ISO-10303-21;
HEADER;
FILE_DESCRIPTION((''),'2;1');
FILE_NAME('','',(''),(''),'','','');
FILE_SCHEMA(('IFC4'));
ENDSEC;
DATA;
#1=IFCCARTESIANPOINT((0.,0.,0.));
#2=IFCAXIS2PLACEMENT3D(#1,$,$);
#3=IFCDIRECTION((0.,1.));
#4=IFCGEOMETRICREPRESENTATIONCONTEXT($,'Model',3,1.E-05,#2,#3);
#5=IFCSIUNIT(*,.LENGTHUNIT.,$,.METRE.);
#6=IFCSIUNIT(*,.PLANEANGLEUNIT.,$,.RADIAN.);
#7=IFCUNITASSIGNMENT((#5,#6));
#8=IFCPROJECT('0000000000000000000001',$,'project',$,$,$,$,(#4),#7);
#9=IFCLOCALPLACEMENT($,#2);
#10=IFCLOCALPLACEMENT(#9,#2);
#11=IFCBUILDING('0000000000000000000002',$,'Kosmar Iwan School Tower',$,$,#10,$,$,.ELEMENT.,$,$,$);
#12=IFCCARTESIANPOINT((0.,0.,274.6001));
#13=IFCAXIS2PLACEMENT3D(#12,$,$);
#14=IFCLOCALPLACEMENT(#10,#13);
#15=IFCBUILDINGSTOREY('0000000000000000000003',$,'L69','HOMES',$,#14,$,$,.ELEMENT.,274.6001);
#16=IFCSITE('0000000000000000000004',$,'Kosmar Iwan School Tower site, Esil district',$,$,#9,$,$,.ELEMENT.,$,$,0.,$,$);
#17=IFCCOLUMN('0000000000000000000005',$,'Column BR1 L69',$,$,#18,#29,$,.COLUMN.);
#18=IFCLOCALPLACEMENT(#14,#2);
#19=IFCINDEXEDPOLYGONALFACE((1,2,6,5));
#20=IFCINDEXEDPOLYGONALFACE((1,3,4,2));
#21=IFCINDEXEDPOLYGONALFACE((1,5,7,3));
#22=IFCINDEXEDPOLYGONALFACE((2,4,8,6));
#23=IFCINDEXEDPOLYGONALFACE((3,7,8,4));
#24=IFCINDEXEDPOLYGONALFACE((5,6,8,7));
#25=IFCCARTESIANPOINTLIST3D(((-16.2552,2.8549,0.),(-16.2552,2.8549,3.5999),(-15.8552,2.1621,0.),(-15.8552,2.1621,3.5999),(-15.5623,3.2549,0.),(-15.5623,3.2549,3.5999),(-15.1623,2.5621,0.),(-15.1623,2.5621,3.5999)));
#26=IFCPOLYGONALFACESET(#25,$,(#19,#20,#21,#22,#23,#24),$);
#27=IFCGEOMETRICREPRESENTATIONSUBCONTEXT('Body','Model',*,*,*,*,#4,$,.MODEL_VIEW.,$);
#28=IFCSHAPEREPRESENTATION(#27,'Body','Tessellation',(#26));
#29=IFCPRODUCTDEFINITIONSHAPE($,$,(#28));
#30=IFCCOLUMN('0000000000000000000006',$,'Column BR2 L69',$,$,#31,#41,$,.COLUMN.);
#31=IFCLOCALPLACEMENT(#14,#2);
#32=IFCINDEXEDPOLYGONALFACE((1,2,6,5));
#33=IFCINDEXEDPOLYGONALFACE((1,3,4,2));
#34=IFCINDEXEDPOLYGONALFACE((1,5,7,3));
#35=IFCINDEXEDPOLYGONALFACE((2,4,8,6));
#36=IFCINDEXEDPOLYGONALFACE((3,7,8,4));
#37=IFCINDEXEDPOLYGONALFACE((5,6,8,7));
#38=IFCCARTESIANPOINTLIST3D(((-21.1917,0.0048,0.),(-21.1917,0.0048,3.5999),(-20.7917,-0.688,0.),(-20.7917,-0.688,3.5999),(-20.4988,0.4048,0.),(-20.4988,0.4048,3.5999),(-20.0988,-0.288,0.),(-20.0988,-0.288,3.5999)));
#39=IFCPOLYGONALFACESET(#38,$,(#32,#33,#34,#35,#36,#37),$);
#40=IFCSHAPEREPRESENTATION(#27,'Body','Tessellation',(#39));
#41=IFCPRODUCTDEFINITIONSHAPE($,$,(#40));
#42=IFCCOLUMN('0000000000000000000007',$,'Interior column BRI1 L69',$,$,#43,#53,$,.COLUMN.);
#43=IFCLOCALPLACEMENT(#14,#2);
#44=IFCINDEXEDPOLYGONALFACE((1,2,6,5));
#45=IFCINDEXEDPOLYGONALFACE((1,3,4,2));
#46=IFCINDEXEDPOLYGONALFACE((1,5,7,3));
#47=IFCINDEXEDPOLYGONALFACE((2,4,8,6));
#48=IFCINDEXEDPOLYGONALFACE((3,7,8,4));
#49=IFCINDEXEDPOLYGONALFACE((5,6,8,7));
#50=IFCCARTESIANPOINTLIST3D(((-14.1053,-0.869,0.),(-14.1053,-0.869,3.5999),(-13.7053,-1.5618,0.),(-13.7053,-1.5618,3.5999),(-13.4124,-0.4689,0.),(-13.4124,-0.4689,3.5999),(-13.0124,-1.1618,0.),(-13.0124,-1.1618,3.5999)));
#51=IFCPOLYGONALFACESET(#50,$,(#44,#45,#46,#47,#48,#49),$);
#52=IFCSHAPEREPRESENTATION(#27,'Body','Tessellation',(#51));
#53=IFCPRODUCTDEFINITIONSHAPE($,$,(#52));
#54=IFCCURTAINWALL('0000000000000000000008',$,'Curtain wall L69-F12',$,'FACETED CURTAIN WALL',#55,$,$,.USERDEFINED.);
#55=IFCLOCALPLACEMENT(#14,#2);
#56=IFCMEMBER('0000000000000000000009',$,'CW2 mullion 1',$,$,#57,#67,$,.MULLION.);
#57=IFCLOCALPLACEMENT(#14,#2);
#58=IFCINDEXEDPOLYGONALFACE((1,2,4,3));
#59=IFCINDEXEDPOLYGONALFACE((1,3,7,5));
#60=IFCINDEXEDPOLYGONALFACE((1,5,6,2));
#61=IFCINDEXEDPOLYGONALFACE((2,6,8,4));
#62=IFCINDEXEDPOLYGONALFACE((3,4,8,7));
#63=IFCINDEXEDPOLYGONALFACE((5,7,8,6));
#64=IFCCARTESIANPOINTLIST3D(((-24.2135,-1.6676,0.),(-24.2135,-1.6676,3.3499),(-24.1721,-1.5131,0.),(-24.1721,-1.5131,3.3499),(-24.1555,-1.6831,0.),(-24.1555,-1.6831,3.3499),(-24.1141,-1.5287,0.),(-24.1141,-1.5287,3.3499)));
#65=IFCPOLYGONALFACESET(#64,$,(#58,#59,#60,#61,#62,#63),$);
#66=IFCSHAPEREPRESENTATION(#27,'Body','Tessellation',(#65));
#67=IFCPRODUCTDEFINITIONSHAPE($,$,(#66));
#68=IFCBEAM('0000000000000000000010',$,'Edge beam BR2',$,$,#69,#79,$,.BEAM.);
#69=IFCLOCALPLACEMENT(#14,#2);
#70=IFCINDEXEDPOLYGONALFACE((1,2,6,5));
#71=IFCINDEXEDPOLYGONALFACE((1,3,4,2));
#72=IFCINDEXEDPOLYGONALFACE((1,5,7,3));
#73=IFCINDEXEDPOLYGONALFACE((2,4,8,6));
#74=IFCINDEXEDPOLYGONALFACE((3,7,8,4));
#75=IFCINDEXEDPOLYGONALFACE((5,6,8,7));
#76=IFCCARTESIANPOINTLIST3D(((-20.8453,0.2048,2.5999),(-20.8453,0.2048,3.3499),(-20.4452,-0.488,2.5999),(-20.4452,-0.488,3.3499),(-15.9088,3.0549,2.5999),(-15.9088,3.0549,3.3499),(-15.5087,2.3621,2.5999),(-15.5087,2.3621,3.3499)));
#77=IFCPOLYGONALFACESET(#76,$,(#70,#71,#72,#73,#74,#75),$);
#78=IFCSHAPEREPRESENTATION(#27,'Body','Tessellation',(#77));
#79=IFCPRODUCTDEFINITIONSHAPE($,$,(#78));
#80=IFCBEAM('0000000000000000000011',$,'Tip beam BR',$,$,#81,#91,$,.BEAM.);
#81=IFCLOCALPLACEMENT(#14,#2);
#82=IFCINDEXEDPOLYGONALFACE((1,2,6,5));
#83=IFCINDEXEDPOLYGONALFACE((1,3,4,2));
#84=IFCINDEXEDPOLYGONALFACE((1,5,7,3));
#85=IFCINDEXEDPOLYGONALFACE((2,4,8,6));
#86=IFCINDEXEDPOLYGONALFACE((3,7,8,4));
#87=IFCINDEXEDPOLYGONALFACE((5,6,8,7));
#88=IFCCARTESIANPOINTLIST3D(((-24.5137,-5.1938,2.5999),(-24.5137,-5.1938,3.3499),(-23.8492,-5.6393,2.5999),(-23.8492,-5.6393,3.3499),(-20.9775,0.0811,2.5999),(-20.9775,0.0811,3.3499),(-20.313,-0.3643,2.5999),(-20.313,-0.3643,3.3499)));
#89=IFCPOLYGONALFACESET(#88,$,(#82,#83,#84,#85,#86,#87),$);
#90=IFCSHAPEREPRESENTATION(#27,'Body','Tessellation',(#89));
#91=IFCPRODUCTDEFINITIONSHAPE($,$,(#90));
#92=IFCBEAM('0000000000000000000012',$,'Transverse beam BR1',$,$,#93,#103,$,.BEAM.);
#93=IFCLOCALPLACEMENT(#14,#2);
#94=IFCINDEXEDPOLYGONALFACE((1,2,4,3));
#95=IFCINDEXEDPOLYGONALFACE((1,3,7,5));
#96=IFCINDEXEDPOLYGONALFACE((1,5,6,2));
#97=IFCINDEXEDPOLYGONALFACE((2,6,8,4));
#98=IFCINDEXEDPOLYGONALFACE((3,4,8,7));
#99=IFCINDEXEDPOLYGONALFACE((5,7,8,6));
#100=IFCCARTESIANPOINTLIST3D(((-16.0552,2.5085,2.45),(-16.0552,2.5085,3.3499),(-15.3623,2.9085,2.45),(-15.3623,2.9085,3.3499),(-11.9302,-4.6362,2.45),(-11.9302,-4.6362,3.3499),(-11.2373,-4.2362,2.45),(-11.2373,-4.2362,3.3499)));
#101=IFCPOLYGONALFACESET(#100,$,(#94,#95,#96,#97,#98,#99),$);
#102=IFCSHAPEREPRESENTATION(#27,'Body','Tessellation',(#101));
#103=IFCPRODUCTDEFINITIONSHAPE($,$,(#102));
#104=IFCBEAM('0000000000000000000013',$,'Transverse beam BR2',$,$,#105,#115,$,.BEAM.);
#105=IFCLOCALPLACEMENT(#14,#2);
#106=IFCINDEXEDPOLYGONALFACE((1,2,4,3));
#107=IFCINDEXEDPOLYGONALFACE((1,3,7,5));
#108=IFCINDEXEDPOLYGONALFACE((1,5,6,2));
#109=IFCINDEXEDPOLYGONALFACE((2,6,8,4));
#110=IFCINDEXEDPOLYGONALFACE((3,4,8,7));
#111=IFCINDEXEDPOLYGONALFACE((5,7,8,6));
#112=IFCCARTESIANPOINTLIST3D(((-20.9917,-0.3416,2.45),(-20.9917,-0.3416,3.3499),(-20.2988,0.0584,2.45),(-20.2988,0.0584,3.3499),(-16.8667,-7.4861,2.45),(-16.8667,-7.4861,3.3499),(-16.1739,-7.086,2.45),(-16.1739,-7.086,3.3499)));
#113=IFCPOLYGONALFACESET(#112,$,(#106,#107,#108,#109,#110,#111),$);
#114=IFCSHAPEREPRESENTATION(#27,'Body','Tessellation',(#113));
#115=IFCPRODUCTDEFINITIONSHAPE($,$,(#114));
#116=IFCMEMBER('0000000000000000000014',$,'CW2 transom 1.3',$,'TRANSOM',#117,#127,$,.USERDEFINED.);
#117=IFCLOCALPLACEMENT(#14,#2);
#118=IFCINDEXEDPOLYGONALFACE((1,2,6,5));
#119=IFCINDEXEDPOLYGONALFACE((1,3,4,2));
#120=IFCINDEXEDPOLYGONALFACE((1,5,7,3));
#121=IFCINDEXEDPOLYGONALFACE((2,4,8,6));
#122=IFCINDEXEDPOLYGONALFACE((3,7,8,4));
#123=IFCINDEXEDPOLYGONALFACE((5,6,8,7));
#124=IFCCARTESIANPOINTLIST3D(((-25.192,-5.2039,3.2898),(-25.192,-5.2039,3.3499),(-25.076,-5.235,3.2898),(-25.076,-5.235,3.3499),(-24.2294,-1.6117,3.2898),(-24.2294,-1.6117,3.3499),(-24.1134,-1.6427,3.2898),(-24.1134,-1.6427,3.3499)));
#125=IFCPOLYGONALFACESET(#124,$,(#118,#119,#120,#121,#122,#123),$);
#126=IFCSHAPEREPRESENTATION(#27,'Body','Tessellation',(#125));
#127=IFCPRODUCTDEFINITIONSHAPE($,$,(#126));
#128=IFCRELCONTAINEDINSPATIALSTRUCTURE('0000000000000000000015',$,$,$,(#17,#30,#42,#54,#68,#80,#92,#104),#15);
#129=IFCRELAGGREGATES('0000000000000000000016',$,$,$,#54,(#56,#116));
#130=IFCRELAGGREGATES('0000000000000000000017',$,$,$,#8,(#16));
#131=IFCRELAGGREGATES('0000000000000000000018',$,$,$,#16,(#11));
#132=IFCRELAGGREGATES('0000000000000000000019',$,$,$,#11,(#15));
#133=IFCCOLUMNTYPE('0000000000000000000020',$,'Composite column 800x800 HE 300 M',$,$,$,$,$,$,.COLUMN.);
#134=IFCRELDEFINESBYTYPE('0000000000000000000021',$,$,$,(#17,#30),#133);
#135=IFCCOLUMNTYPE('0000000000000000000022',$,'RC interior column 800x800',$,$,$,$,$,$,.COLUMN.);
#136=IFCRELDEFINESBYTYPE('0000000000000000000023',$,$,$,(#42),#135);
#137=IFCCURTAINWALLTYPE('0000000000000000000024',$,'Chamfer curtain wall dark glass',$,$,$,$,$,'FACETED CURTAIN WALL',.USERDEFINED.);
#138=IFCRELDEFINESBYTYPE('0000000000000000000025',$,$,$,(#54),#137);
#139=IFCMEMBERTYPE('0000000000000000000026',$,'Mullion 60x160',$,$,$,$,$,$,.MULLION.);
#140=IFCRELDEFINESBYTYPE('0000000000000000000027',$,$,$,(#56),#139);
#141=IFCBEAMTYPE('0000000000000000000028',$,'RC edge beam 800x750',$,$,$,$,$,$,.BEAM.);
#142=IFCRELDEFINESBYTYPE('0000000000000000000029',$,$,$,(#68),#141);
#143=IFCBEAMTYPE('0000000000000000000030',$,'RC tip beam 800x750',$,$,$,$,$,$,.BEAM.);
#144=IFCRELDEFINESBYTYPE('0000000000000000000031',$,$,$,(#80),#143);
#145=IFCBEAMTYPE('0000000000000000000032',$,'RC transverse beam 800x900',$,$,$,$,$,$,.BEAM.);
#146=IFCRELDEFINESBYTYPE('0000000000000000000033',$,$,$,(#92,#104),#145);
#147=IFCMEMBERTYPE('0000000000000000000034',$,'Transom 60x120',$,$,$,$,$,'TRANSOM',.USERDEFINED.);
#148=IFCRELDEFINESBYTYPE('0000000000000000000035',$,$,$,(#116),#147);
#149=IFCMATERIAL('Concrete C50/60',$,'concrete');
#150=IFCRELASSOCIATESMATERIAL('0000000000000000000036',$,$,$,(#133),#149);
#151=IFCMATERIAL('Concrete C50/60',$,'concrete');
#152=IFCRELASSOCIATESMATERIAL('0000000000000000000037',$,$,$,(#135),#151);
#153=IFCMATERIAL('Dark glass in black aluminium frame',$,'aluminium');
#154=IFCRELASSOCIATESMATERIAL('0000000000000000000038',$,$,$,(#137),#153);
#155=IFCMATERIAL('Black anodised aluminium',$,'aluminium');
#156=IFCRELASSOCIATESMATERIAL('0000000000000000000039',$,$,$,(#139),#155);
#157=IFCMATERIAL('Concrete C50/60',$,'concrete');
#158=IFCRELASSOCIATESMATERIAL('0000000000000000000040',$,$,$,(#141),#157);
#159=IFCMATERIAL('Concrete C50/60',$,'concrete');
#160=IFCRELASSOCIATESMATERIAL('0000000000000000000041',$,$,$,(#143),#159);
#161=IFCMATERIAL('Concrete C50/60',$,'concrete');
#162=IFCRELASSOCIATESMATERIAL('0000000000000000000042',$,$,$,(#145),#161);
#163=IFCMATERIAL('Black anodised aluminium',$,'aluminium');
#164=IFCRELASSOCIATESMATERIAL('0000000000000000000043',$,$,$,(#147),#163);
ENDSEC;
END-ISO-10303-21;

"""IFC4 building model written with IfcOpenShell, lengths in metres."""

from ifc_helpers import new_model, si_unit, direction, frame, origin, origin_2d, place, context, subcontext, project, spatial, rectangle, extrude, material, material_profile, profile_set, type_object, element, aggregate, save


model = new_model("IFC4")

# Units and contexts
model_context = context("Model", 3, precision=1e-05, world=origin(), true_north=direction((0.0, 1.0)))
body_context = subcontext(model_context, "Body", "Model", "MODEL_VIEW")
ifc_project = project(units=[si_unit("LENGTHUNIT", "METRE"), si_unit("PLANEANGLEUNIT", "RADIAN")], contexts=[model_context])

# Site, building, storey
site_placement = place(None, origin())
site = spatial("IfcSite", under=ifc_project, at=site_placement, Name="Kosmar Iwan School Tower site, Esil district", CompositionType="ELEMENT", RefElevation=0.0)
building_placement = place(site_placement, origin())
building = spatial("IfcBuilding", under=site, at=building_placement, Name="Kosmar Iwan School Tower", CompositionType="ELEMENT")
storey_placement = place(building_placement, frame((0.0, 0.0, 274.6001)))
storey = spatial("IfcBuildingStorey", under=building, at=storey_placement, Name="L69", Description="HOMES", CompositionType="ELEMENT", Elevation=274.6001)

# Columns
ifc_material_1 = material(Name="Concrete C50/60", Category="concrete")
ifc_material_profile_1 = material_profile(ifc_material_1, rectangle(XDim=0.8, YDim=0.8, at=origin_2d()), Name="RC 800x800 + HE 300 M")
ifc_profile_set_1 = profile_set([ifc_material_profile_1], Name="Concrete C50/60")
column_type_1 = type_object("IfcColumnType", Name="Composite column 800x800 HE 300 M", PredefinedType="COLUMN", material=ifc_profile_set_1)
for number, where, z_axis, x_axis, name in (
    (1, (-15.7087, 2.7085, 0.0), (0.0, 0.0, 1.0), (-0.866025, -0.5, 0.0), "Column BR1 L69"),
    (2, (-20.6453, -0.1416, 0.0), (0.0, 0.0, 1.0), (-0.866025, -0.5, 0.0), "Column BR2 L69"),
):
    element("IfcColumn", number, at=place(storey_placement, frame(where, z_axis=z_axis, x_axis=x_axis)), inside=storey, type_object=column_type_1, Name=name, PredefinedType="COLUMN", context=body_context, shape_type="SweptSolid", body=[
        extrude(rectangle(XDim=0.8, YDim=0.8, at=origin_2d()), origin(), (0.0, 0.0, 1.0), 3.5999),
    ])
ifc_material_2 = material(Name="Concrete C50/60", Category="concrete")
ifc_material_profile_2 = material_profile(ifc_material_2, rectangle(XDim=0.8, YDim=0.8, at=origin_2d()), Name="RC 800x800")
ifc_profile_set_2 = profile_set([ifc_material_profile_2], Name="Concrete C50/60")
column_type_2 = type_object("IfcColumnType", Name="RC interior column 800x800", PredefinedType="COLUMN", material=ifc_profile_set_2)
column_placement = place(storey_placement, frame((-13.5588, -1.0154, 0.0), z_axis=(0.0, 0.0, 1.0), x_axis=(-0.866025, -0.5, 0.0)))
element("IfcColumn", 3, at=column_placement, inside=storey, type_object=column_type_2, Name="Interior column BRI1 L69", PredefinedType="COLUMN", context=body_context, shape_type="SweptSolid", body=[
    extrude(rectangle(XDim=0.8, YDim=0.8, at=origin_2d()), origin(), (0.0, 0.0, 1.0), 3.5999),
])

# Curtain wall, member
ifc_material_3 = material(Name="Dark glass in black aluminium frame", Category="aluminium")
curtain_wall_type = type_object("IfcCurtainWallType", Name="Chamfer curtain wall dark glass", ElementType="FACETED CURTAIN WALL", PredefinedType="USERDEFINED", material=ifc_material_3)
curtain_wall_placement = place(storey_placement, origin())
curtain_wall = element("IfcCurtainWall", 4, at=curtain_wall_placement, inside=storey, type_object=curtain_wall_type, Name="Curtain wall L69-F12", ObjectType="FACETED CURTAIN WALL", PredefinedType="USERDEFINED")
ifc_material_4 = material(Name="Black anodised aluminium", Category="aluminium")
ifc_material_profile_3 = material_profile(ifc_material_4, rectangle(XDim=0.0601, YDim=0.1599, at=origin_2d()), Name="MULLION 60x160")
ifc_profile_set_3 = profile_set([ifc_material_profile_3], Name="Black anodised aluminium")
member_type_1 = type_object("IfcMemberType", Name="Mullion 60x160", PredefinedType="MULLION", material=ifc_profile_set_3)
member_1_placement = place(storey_placement, frame((-24.1638, -1.5981, 0.0), z_axis=(0.0, 0.0, 1.0), x_axis=(0.965926, -0.258819, 0.0)))
member_1 = element("IfcMember", 5, at=member_1_placement, type_object=member_type_1, Name="CW2 mullion 1", PredefinedType="MULLION", context=body_context, shape_type="SweptSolid", body=[
    extrude(rectangle(XDim=0.0601, YDim=0.1599, at=origin_2d()), origin(), (0.0, 0.0, 1.0), 3.3499),
])

# Beams
ifc_material_5 = material(Name="Concrete C50/60", Category="concrete")
ifc_material_profile_4 = material_profile(ifc_material_5, rectangle(XDim=0.8, YDim=0.75, at=origin_2d()), Name="RC 800x750")
ifc_profile_set_4 = profile_set([ifc_material_profile_4], Name="Concrete C50/60")
beam_type_1 = type_object("IfcBeamType", Name="RC edge beam 800x750", PredefinedType="BEAM", material=ifc_profile_set_4)
beam_1_placement = place(storey_placement, frame((-15.7087, 2.7085, 2.9749), z_axis=(-0.866026, -0.499999, 0.0), x_axis=(0.499999, -0.866026, 0.0)))
element("IfcBeam", 6, at=beam_1_placement, inside=storey, type_object=beam_type_1, Name="Edge beam BR2", PredefinedType="BEAM", context=body_context, shape_type="SweptSolid", body=[
    extrude(rectangle(XDim=0.8, YDim=0.75, at=origin_2d()), origin(), (0.0, 0.0, 1.0), 5.7002),
])
ifc_material_6 = material(Name="Concrete C50/60", Category="concrete")
ifc_material_profile_5 = material_profile(ifc_material_6, rectangle(XDim=0.8, YDim=0.75, at=origin_2d()), Name="RC 800x750")
ifc_profile_set_5 = profile_set([ifc_material_profile_5], Name="Concrete C50/60")
beam_type_2 = type_object("IfcBeamType", Name="RC tip beam 800x750", PredefinedType="BEAM", material=ifc_profile_set_5)
beam_2_placement = place(storey_placement, frame((-20.6453, -0.1416, 2.9749), z_axis=(-0.556828, -0.830628, 0.0), x_axis=(0.830628, -0.556828, 0.0)))
element("IfcBeam", 7, at=beam_2_placement, inside=storey, type_object=beam_type_2, Name="Tip beam BR", PredefinedType="BEAM", context=body_context, shape_type="SweptSolid", body=[
    extrude(rectangle(XDim=0.8, YDim=0.75, at=origin_2d()), origin(), (0.0, 0.0, 1.0), 6.3506),
])
ifc_material_7 = material(Name="Concrete C50/60", Category="concrete")
ifc_material_profile_6 = material_profile(ifc_material_7, rectangle(XDim=0.8, YDim=0.8999, at=origin_2d()), Name="RC 800x900")
ifc_profile_set_6 = profile_set([ifc_material_profile_6], Name="Concrete C50/60")
beam_type_3 = type_object("IfcBeamType", Name="RC transverse beam 800x900", PredefinedType="BEAM", material=ifc_profile_set_6)
beam_3_placement = place(storey_placement, frame((-15.7087, 2.7085, 2.8999), z_axis=(0.499997, -0.866027, 0.0), x_axis=(0.866027, 0.499997, 0.0)))
element("IfcBeam", 8, at=beam_3_placement, inside=storey, type_object=beam_type_3, Name="Transverse beam BR1", PredefinedType="BEAM", context=body_context, shape_type="SweptSolid", body=[
    extrude(rectangle(XDim=0.8, YDim=0.8999, at=origin_2d()), origin(), (0.0, 0.0, 1.0), 8.25),
])
beam_4_placement = place(storey_placement, frame((-20.6453, -0.1416, 2.8999), z_axis=(0.500009, -0.86602, 0.0), x_axis=(0.86602, 0.500009, 0.0)))
element("IfcBeam", 9, at=beam_4_placement, inside=storey, type_object=beam_type_3, Name="Transverse beam BR2", PredefinedType="BEAM", context=body_context, shape_type="SweptSolid", body=[
    extrude(rectangle(XDim=0.8, YDim=0.8999, at=origin_2d()), origin(), (0.0, 0.0, 1.0), 8.2498),
])

# Member
ifc_material_8 = material(Name="Black anodised aluminium", Category="aluminium")
ifc_material_profile_7 = material_profile(ifc_material_8, rectangle(XDim=0.1201, YDim=0.0601, at=origin_2d()), Name="TRANSOM 60x120")
ifc_profile_set_7 = profile_set([ifc_material_profile_7], Name="Black anodised aluminium")
member_type_2 = type_object("IfcMemberType", Name="Transom 60x120", ElementType="TRANSOM", PredefinedType="USERDEFINED", material=ifc_profile_set_7)
member_2_placement = place(storey_placement, frame((-24.1714, -1.6272, 3.3198), z_axis=(-0.258843, -0.965919, 0.0), x_axis=(0.965919, -0.258843, 0.0)))
member_2 = element("IfcMember", 10, at=member_2_placement, type_object=member_type_2, Name="CW2 transom 1.3", ObjectType="TRANSOM", PredefinedType="USERDEFINED", context=body_context, shape_type="SweptSolid", body=[
    extrude(rectangle(XDim=0.1201, YDim=0.0601, at=origin_2d()), origin(), (0.0, 0.0, 1.0), 3.719),
])
aggregate(curtain_wall, [member_1, member_2])

save(model, "model.ifc")
